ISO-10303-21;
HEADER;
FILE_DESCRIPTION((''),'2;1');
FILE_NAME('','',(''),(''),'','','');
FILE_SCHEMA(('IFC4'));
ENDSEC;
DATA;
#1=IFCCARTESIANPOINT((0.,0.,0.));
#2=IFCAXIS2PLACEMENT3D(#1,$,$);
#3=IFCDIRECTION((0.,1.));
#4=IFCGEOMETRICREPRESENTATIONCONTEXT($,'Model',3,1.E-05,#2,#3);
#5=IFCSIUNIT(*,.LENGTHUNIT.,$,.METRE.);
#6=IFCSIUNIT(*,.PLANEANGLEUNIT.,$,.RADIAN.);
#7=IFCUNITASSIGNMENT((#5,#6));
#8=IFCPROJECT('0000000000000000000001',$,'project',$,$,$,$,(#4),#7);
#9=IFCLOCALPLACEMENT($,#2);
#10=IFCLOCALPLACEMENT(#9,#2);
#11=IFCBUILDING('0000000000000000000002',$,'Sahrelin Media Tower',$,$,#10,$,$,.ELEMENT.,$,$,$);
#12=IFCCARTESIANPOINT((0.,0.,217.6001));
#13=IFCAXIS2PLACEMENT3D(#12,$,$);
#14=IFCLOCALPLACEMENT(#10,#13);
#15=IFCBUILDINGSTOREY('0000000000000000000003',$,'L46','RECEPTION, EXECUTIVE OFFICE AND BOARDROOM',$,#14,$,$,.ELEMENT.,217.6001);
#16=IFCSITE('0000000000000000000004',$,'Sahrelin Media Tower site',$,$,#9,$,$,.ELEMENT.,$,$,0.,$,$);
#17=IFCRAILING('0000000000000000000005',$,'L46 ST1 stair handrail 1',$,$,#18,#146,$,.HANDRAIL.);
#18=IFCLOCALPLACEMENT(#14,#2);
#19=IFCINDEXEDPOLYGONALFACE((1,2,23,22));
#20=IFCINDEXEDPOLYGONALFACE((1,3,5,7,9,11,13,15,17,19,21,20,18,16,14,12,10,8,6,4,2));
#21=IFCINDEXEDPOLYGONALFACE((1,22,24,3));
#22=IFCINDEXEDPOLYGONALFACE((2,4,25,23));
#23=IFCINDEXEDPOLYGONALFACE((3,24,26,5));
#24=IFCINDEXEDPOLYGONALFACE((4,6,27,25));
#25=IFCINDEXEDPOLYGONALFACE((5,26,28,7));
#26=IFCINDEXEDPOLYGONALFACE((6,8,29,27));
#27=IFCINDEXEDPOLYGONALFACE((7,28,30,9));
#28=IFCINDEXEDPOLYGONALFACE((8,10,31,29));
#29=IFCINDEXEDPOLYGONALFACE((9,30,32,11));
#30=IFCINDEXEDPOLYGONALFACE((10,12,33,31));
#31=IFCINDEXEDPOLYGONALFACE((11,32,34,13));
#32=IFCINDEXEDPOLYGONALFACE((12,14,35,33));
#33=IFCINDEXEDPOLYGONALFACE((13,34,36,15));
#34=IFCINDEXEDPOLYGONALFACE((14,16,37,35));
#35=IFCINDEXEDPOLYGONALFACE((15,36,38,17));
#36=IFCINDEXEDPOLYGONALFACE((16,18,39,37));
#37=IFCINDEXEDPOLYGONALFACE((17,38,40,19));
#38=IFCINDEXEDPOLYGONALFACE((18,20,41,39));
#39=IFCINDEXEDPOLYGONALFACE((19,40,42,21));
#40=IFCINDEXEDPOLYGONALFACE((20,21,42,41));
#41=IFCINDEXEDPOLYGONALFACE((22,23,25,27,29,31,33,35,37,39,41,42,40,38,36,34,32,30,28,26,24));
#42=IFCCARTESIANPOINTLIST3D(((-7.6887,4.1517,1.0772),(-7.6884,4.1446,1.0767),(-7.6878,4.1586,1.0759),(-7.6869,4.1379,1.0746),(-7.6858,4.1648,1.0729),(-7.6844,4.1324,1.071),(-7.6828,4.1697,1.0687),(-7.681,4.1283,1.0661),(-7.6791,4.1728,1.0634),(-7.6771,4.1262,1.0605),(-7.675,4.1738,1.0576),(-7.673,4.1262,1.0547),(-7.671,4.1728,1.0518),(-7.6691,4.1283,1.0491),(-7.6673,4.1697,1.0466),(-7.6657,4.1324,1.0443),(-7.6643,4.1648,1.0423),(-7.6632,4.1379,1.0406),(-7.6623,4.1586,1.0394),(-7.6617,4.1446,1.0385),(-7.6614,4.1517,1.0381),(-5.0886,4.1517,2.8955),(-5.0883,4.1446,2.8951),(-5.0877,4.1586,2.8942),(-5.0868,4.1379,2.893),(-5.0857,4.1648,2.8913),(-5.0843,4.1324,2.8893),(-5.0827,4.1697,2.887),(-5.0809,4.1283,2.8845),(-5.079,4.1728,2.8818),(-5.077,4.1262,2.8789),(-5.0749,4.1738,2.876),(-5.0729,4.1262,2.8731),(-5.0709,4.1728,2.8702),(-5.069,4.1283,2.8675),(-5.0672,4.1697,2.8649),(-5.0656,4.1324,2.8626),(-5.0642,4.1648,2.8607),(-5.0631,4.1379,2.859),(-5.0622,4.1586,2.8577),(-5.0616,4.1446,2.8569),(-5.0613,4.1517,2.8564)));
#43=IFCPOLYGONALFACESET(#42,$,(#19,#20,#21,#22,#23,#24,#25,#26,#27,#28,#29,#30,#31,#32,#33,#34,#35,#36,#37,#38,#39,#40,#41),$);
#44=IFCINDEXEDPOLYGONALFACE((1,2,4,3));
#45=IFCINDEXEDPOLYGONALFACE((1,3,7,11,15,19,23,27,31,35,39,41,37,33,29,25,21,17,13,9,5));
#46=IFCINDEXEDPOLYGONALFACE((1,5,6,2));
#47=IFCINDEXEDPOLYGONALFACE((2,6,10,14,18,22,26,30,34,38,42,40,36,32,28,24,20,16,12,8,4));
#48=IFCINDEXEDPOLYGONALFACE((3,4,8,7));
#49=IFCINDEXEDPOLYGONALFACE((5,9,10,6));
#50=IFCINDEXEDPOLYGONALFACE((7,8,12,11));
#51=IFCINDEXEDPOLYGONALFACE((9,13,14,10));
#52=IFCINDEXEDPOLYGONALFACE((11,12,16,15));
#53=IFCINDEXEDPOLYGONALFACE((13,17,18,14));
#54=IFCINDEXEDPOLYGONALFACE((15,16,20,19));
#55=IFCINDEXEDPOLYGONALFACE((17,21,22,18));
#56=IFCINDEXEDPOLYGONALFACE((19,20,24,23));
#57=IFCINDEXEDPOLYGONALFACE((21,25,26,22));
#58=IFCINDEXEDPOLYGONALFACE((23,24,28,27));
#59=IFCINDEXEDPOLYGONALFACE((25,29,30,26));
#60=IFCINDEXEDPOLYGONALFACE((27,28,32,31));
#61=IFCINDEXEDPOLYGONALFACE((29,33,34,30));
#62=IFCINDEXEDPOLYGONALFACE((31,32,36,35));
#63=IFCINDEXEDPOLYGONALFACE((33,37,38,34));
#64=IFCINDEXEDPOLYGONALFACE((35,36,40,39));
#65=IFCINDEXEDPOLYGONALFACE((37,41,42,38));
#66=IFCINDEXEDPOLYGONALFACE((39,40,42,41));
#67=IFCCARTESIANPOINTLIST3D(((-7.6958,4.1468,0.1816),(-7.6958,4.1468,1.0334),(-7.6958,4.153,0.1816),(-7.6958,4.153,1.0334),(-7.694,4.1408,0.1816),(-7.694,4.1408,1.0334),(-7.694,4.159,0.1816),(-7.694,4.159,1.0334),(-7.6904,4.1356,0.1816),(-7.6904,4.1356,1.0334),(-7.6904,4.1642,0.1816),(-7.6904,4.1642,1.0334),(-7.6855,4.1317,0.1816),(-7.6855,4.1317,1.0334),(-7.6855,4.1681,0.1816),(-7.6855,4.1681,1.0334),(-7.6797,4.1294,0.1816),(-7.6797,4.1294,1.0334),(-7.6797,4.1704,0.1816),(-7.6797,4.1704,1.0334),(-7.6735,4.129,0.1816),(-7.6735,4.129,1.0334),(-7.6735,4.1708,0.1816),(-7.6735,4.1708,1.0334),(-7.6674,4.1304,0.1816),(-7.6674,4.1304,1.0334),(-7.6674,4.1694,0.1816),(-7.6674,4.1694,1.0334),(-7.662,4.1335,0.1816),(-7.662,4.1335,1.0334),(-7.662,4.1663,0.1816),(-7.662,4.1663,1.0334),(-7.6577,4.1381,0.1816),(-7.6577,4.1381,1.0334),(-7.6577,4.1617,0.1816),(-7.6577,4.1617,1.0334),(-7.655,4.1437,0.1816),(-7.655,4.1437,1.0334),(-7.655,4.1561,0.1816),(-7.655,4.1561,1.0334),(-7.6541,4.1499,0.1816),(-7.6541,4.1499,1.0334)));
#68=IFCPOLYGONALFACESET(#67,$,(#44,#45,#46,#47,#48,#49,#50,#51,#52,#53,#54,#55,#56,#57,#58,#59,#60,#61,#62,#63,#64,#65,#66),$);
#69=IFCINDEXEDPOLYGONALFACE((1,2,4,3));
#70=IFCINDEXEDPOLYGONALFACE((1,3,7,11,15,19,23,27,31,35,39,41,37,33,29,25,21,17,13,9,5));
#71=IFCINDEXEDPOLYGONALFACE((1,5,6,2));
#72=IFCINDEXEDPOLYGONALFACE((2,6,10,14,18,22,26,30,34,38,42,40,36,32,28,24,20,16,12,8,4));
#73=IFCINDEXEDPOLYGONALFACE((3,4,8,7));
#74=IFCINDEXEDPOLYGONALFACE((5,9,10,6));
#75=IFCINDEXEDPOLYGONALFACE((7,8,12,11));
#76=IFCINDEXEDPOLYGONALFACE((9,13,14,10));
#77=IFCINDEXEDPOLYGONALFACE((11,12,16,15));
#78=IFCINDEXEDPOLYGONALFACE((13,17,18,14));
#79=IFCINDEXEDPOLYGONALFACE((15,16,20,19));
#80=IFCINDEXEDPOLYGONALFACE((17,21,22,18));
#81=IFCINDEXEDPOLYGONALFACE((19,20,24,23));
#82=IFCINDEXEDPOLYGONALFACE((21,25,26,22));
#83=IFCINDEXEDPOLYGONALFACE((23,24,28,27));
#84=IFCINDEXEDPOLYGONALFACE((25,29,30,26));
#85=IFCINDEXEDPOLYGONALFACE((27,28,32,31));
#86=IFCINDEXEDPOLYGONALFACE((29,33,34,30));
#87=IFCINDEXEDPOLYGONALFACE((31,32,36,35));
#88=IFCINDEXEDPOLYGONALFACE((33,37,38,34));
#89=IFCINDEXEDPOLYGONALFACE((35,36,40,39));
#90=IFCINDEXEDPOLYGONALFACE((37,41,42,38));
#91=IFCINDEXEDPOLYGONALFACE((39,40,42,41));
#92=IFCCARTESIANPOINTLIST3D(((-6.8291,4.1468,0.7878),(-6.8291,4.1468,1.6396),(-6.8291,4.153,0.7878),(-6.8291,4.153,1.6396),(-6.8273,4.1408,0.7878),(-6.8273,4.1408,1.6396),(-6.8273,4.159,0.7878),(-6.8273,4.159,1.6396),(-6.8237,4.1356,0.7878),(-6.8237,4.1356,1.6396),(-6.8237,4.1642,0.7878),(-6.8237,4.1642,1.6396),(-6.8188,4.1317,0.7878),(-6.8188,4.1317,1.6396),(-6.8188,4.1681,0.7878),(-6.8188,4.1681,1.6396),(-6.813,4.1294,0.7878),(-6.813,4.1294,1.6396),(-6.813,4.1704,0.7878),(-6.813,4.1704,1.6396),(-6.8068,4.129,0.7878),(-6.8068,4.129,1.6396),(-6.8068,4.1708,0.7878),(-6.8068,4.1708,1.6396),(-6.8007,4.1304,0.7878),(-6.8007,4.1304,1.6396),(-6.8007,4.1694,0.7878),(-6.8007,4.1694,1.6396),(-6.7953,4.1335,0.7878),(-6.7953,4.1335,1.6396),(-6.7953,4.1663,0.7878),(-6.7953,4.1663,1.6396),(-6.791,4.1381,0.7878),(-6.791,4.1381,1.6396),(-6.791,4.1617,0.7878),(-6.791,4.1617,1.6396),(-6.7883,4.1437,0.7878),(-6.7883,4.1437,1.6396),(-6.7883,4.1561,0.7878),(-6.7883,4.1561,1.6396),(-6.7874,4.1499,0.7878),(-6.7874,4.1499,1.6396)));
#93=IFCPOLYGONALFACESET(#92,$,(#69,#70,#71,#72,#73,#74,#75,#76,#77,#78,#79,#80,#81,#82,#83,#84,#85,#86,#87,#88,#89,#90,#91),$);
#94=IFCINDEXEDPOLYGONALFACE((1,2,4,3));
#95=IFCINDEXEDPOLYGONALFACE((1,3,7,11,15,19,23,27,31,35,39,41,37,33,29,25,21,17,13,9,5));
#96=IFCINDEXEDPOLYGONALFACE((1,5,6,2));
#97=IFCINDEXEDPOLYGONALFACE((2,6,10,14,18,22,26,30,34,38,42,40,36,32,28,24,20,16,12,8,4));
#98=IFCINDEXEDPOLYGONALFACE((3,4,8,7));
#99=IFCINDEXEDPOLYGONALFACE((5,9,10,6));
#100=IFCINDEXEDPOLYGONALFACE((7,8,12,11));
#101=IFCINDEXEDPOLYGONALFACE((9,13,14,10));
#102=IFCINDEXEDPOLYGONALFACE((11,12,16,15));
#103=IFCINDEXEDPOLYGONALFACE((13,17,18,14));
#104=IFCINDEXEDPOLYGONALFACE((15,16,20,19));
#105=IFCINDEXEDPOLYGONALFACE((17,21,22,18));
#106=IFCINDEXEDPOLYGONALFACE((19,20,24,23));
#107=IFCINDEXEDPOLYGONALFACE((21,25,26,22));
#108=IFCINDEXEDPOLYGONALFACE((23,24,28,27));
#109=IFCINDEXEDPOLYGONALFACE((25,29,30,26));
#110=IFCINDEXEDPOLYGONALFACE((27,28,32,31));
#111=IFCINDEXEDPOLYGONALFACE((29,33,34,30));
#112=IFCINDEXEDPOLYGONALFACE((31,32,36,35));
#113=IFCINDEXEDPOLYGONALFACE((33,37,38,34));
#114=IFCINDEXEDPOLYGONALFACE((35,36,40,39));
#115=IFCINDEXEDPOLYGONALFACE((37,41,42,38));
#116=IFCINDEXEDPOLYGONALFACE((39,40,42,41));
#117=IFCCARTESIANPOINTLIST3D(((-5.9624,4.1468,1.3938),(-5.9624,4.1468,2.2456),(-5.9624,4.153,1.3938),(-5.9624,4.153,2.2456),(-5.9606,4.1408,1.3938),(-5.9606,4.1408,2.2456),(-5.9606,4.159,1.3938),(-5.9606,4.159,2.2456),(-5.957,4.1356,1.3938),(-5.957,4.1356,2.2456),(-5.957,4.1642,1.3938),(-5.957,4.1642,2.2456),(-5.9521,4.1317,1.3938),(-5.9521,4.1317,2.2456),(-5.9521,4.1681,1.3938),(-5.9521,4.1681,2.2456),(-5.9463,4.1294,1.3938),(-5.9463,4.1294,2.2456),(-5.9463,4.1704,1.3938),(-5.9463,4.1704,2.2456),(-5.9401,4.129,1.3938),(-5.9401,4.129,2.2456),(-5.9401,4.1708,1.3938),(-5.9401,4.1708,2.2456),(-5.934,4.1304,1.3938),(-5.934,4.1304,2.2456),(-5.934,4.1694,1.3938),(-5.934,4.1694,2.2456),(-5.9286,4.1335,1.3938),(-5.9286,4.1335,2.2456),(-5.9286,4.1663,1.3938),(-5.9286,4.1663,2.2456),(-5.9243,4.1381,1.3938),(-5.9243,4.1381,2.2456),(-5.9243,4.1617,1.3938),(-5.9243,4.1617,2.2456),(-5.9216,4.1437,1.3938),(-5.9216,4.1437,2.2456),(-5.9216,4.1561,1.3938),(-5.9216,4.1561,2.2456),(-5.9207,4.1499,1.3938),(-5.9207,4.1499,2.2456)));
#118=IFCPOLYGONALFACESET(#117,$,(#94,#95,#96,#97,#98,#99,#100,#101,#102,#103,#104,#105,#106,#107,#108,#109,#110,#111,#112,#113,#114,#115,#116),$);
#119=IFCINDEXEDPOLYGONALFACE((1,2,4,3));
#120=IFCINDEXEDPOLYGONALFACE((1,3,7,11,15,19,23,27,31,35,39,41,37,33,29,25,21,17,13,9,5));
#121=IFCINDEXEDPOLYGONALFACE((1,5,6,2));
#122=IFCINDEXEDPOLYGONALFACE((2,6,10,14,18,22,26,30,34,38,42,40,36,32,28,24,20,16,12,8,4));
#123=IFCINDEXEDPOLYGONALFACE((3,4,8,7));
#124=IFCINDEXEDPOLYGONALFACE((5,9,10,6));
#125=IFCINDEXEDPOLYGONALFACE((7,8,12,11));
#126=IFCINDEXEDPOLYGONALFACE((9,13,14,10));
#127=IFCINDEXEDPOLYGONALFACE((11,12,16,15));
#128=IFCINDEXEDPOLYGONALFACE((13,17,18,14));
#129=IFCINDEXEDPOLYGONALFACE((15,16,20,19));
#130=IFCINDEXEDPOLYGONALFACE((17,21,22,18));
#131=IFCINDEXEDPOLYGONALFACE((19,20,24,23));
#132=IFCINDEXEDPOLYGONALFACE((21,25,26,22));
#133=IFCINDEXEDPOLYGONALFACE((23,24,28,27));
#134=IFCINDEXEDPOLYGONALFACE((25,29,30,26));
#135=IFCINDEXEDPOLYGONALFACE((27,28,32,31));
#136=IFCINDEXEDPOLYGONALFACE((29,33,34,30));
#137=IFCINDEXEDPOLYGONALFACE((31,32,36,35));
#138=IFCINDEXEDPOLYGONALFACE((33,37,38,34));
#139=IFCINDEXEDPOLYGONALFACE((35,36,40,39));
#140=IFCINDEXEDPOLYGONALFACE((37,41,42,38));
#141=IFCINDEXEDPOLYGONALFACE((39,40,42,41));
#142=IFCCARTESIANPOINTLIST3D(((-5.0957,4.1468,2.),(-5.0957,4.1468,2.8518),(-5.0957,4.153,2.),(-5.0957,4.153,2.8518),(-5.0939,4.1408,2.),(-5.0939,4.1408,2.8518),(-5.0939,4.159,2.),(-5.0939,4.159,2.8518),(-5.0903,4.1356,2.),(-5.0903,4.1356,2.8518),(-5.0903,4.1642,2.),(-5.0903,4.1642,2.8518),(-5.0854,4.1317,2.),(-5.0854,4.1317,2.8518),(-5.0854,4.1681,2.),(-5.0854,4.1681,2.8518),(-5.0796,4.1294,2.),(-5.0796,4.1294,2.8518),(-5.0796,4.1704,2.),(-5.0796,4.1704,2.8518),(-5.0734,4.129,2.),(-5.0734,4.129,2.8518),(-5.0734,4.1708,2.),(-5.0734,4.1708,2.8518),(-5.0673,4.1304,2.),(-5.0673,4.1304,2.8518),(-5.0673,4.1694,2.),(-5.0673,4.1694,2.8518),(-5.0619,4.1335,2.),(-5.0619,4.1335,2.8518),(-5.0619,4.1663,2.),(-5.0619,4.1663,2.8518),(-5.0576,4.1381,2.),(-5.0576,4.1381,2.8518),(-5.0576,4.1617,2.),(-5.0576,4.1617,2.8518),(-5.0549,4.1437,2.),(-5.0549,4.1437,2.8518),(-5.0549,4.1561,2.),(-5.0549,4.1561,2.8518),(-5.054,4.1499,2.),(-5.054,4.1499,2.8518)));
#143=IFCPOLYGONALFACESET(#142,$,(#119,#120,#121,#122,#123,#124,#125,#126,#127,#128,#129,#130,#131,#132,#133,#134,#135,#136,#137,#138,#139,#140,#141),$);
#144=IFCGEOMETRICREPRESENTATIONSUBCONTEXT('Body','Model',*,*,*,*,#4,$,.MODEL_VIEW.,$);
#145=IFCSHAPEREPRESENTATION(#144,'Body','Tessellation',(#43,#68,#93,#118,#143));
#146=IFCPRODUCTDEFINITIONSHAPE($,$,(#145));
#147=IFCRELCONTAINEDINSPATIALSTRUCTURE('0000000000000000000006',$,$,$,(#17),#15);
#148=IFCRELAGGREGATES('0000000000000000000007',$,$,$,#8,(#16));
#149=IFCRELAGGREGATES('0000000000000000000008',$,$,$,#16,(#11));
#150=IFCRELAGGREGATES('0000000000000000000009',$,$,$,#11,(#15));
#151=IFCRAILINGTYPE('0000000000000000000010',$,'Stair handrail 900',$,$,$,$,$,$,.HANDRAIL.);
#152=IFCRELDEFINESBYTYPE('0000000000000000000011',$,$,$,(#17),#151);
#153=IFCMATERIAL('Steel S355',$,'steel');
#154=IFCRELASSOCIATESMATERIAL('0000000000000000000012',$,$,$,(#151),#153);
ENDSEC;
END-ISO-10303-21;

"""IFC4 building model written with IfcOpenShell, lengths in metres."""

from ifc_helpers import new_model, si_unit, direction, frame, origin, origin_2d, place, context, subcontext, project, spatial, circle, extrude, material, type_object, element, save


model = new_model("IFC4")

# Units and contexts
model_context = context("Model", 3, precision=1e-05, world=origin(), true_north=direction((0.0, 1.0)))
body_context = subcontext(model_context, "Body", "Model", "MODEL_VIEW")
ifc_project = project(units=[si_unit("LENGTHUNIT", "METRE"), si_unit("PLANEANGLEUNIT", "RADIAN")], contexts=[model_context])

# Site, building, storey
site_placement = place(None, origin())
site = spatial("IfcSite", under=ifc_project, at=site_placement, Name="Sahrelin Media Tower site", CompositionType="ELEMENT", RefElevation=0.0)
building_placement = place(site_placement, origin())
building = spatial("IfcBuilding", under=site, at=building_placement, Name="Sahrelin Media Tower", CompositionType="ELEMENT")
storey_placement = place(building_placement, frame((0.0, 0.0, 217.6001)))
storey = spatial("IfcBuildingStorey", under=building, at=storey_placement, Name="L46", Description="RECEPTION, EXECUTIVE OFFICE AND BOARDROOM", CompositionType="ELEMENT", Elevation=217.6001)

# Shared definitions
ifc_material_1 = material(Name="Steel S355", Category="steel")

# Railing
railing_type_1 = type_object("IfcRailingType", Name="Stair handrail 900", PredefinedType="HANDRAIL", material=ifc_material_1)
railing_1_placement = place(storey_placement, frame((-7.675, 4.1499, 0.1816)))
element("IfcRailing", 1, at=railing_1_placement, inside=storey, type_object=railing_type_1, Name="L46 ST1 stair handrail 1", PredefinedType="HANDRAIL", context=body_context, shape_type="SweptSolid", body=[
    extrude(circle(Radius=0.0239, at=origin_2d()), frame((0.0, 0.0, 0.876), z_axis=(0.819485, 0.0, 0.573101), x_axis=(0.0, 1.0, 0.0)), (0.0, 0.0, 1.0), 3.1729),
    extrude(circle(Radius=0.021, at=origin_2d()), origin(), (0.0, 0.0, 1.0), 0.8518),
    extrude(circle(Radius=0.021, at=origin_2d()), frame((0.8667, 0.0, 0.6062)), (0.0, 0.0, 1.0), 0.8518),
    extrude(circle(Radius=0.021, at=origin_2d()), frame((1.7334, 0.0, 1.2122)), (0.0, 0.0, 1.0), 0.8518),
    extrude(circle(Radius=0.021, at=origin_2d()), frame((2.6001, 0.0, 1.8184)), (0.0, 0.0, 1.0), 0.8518),
])

save(model, "model.ifc")
